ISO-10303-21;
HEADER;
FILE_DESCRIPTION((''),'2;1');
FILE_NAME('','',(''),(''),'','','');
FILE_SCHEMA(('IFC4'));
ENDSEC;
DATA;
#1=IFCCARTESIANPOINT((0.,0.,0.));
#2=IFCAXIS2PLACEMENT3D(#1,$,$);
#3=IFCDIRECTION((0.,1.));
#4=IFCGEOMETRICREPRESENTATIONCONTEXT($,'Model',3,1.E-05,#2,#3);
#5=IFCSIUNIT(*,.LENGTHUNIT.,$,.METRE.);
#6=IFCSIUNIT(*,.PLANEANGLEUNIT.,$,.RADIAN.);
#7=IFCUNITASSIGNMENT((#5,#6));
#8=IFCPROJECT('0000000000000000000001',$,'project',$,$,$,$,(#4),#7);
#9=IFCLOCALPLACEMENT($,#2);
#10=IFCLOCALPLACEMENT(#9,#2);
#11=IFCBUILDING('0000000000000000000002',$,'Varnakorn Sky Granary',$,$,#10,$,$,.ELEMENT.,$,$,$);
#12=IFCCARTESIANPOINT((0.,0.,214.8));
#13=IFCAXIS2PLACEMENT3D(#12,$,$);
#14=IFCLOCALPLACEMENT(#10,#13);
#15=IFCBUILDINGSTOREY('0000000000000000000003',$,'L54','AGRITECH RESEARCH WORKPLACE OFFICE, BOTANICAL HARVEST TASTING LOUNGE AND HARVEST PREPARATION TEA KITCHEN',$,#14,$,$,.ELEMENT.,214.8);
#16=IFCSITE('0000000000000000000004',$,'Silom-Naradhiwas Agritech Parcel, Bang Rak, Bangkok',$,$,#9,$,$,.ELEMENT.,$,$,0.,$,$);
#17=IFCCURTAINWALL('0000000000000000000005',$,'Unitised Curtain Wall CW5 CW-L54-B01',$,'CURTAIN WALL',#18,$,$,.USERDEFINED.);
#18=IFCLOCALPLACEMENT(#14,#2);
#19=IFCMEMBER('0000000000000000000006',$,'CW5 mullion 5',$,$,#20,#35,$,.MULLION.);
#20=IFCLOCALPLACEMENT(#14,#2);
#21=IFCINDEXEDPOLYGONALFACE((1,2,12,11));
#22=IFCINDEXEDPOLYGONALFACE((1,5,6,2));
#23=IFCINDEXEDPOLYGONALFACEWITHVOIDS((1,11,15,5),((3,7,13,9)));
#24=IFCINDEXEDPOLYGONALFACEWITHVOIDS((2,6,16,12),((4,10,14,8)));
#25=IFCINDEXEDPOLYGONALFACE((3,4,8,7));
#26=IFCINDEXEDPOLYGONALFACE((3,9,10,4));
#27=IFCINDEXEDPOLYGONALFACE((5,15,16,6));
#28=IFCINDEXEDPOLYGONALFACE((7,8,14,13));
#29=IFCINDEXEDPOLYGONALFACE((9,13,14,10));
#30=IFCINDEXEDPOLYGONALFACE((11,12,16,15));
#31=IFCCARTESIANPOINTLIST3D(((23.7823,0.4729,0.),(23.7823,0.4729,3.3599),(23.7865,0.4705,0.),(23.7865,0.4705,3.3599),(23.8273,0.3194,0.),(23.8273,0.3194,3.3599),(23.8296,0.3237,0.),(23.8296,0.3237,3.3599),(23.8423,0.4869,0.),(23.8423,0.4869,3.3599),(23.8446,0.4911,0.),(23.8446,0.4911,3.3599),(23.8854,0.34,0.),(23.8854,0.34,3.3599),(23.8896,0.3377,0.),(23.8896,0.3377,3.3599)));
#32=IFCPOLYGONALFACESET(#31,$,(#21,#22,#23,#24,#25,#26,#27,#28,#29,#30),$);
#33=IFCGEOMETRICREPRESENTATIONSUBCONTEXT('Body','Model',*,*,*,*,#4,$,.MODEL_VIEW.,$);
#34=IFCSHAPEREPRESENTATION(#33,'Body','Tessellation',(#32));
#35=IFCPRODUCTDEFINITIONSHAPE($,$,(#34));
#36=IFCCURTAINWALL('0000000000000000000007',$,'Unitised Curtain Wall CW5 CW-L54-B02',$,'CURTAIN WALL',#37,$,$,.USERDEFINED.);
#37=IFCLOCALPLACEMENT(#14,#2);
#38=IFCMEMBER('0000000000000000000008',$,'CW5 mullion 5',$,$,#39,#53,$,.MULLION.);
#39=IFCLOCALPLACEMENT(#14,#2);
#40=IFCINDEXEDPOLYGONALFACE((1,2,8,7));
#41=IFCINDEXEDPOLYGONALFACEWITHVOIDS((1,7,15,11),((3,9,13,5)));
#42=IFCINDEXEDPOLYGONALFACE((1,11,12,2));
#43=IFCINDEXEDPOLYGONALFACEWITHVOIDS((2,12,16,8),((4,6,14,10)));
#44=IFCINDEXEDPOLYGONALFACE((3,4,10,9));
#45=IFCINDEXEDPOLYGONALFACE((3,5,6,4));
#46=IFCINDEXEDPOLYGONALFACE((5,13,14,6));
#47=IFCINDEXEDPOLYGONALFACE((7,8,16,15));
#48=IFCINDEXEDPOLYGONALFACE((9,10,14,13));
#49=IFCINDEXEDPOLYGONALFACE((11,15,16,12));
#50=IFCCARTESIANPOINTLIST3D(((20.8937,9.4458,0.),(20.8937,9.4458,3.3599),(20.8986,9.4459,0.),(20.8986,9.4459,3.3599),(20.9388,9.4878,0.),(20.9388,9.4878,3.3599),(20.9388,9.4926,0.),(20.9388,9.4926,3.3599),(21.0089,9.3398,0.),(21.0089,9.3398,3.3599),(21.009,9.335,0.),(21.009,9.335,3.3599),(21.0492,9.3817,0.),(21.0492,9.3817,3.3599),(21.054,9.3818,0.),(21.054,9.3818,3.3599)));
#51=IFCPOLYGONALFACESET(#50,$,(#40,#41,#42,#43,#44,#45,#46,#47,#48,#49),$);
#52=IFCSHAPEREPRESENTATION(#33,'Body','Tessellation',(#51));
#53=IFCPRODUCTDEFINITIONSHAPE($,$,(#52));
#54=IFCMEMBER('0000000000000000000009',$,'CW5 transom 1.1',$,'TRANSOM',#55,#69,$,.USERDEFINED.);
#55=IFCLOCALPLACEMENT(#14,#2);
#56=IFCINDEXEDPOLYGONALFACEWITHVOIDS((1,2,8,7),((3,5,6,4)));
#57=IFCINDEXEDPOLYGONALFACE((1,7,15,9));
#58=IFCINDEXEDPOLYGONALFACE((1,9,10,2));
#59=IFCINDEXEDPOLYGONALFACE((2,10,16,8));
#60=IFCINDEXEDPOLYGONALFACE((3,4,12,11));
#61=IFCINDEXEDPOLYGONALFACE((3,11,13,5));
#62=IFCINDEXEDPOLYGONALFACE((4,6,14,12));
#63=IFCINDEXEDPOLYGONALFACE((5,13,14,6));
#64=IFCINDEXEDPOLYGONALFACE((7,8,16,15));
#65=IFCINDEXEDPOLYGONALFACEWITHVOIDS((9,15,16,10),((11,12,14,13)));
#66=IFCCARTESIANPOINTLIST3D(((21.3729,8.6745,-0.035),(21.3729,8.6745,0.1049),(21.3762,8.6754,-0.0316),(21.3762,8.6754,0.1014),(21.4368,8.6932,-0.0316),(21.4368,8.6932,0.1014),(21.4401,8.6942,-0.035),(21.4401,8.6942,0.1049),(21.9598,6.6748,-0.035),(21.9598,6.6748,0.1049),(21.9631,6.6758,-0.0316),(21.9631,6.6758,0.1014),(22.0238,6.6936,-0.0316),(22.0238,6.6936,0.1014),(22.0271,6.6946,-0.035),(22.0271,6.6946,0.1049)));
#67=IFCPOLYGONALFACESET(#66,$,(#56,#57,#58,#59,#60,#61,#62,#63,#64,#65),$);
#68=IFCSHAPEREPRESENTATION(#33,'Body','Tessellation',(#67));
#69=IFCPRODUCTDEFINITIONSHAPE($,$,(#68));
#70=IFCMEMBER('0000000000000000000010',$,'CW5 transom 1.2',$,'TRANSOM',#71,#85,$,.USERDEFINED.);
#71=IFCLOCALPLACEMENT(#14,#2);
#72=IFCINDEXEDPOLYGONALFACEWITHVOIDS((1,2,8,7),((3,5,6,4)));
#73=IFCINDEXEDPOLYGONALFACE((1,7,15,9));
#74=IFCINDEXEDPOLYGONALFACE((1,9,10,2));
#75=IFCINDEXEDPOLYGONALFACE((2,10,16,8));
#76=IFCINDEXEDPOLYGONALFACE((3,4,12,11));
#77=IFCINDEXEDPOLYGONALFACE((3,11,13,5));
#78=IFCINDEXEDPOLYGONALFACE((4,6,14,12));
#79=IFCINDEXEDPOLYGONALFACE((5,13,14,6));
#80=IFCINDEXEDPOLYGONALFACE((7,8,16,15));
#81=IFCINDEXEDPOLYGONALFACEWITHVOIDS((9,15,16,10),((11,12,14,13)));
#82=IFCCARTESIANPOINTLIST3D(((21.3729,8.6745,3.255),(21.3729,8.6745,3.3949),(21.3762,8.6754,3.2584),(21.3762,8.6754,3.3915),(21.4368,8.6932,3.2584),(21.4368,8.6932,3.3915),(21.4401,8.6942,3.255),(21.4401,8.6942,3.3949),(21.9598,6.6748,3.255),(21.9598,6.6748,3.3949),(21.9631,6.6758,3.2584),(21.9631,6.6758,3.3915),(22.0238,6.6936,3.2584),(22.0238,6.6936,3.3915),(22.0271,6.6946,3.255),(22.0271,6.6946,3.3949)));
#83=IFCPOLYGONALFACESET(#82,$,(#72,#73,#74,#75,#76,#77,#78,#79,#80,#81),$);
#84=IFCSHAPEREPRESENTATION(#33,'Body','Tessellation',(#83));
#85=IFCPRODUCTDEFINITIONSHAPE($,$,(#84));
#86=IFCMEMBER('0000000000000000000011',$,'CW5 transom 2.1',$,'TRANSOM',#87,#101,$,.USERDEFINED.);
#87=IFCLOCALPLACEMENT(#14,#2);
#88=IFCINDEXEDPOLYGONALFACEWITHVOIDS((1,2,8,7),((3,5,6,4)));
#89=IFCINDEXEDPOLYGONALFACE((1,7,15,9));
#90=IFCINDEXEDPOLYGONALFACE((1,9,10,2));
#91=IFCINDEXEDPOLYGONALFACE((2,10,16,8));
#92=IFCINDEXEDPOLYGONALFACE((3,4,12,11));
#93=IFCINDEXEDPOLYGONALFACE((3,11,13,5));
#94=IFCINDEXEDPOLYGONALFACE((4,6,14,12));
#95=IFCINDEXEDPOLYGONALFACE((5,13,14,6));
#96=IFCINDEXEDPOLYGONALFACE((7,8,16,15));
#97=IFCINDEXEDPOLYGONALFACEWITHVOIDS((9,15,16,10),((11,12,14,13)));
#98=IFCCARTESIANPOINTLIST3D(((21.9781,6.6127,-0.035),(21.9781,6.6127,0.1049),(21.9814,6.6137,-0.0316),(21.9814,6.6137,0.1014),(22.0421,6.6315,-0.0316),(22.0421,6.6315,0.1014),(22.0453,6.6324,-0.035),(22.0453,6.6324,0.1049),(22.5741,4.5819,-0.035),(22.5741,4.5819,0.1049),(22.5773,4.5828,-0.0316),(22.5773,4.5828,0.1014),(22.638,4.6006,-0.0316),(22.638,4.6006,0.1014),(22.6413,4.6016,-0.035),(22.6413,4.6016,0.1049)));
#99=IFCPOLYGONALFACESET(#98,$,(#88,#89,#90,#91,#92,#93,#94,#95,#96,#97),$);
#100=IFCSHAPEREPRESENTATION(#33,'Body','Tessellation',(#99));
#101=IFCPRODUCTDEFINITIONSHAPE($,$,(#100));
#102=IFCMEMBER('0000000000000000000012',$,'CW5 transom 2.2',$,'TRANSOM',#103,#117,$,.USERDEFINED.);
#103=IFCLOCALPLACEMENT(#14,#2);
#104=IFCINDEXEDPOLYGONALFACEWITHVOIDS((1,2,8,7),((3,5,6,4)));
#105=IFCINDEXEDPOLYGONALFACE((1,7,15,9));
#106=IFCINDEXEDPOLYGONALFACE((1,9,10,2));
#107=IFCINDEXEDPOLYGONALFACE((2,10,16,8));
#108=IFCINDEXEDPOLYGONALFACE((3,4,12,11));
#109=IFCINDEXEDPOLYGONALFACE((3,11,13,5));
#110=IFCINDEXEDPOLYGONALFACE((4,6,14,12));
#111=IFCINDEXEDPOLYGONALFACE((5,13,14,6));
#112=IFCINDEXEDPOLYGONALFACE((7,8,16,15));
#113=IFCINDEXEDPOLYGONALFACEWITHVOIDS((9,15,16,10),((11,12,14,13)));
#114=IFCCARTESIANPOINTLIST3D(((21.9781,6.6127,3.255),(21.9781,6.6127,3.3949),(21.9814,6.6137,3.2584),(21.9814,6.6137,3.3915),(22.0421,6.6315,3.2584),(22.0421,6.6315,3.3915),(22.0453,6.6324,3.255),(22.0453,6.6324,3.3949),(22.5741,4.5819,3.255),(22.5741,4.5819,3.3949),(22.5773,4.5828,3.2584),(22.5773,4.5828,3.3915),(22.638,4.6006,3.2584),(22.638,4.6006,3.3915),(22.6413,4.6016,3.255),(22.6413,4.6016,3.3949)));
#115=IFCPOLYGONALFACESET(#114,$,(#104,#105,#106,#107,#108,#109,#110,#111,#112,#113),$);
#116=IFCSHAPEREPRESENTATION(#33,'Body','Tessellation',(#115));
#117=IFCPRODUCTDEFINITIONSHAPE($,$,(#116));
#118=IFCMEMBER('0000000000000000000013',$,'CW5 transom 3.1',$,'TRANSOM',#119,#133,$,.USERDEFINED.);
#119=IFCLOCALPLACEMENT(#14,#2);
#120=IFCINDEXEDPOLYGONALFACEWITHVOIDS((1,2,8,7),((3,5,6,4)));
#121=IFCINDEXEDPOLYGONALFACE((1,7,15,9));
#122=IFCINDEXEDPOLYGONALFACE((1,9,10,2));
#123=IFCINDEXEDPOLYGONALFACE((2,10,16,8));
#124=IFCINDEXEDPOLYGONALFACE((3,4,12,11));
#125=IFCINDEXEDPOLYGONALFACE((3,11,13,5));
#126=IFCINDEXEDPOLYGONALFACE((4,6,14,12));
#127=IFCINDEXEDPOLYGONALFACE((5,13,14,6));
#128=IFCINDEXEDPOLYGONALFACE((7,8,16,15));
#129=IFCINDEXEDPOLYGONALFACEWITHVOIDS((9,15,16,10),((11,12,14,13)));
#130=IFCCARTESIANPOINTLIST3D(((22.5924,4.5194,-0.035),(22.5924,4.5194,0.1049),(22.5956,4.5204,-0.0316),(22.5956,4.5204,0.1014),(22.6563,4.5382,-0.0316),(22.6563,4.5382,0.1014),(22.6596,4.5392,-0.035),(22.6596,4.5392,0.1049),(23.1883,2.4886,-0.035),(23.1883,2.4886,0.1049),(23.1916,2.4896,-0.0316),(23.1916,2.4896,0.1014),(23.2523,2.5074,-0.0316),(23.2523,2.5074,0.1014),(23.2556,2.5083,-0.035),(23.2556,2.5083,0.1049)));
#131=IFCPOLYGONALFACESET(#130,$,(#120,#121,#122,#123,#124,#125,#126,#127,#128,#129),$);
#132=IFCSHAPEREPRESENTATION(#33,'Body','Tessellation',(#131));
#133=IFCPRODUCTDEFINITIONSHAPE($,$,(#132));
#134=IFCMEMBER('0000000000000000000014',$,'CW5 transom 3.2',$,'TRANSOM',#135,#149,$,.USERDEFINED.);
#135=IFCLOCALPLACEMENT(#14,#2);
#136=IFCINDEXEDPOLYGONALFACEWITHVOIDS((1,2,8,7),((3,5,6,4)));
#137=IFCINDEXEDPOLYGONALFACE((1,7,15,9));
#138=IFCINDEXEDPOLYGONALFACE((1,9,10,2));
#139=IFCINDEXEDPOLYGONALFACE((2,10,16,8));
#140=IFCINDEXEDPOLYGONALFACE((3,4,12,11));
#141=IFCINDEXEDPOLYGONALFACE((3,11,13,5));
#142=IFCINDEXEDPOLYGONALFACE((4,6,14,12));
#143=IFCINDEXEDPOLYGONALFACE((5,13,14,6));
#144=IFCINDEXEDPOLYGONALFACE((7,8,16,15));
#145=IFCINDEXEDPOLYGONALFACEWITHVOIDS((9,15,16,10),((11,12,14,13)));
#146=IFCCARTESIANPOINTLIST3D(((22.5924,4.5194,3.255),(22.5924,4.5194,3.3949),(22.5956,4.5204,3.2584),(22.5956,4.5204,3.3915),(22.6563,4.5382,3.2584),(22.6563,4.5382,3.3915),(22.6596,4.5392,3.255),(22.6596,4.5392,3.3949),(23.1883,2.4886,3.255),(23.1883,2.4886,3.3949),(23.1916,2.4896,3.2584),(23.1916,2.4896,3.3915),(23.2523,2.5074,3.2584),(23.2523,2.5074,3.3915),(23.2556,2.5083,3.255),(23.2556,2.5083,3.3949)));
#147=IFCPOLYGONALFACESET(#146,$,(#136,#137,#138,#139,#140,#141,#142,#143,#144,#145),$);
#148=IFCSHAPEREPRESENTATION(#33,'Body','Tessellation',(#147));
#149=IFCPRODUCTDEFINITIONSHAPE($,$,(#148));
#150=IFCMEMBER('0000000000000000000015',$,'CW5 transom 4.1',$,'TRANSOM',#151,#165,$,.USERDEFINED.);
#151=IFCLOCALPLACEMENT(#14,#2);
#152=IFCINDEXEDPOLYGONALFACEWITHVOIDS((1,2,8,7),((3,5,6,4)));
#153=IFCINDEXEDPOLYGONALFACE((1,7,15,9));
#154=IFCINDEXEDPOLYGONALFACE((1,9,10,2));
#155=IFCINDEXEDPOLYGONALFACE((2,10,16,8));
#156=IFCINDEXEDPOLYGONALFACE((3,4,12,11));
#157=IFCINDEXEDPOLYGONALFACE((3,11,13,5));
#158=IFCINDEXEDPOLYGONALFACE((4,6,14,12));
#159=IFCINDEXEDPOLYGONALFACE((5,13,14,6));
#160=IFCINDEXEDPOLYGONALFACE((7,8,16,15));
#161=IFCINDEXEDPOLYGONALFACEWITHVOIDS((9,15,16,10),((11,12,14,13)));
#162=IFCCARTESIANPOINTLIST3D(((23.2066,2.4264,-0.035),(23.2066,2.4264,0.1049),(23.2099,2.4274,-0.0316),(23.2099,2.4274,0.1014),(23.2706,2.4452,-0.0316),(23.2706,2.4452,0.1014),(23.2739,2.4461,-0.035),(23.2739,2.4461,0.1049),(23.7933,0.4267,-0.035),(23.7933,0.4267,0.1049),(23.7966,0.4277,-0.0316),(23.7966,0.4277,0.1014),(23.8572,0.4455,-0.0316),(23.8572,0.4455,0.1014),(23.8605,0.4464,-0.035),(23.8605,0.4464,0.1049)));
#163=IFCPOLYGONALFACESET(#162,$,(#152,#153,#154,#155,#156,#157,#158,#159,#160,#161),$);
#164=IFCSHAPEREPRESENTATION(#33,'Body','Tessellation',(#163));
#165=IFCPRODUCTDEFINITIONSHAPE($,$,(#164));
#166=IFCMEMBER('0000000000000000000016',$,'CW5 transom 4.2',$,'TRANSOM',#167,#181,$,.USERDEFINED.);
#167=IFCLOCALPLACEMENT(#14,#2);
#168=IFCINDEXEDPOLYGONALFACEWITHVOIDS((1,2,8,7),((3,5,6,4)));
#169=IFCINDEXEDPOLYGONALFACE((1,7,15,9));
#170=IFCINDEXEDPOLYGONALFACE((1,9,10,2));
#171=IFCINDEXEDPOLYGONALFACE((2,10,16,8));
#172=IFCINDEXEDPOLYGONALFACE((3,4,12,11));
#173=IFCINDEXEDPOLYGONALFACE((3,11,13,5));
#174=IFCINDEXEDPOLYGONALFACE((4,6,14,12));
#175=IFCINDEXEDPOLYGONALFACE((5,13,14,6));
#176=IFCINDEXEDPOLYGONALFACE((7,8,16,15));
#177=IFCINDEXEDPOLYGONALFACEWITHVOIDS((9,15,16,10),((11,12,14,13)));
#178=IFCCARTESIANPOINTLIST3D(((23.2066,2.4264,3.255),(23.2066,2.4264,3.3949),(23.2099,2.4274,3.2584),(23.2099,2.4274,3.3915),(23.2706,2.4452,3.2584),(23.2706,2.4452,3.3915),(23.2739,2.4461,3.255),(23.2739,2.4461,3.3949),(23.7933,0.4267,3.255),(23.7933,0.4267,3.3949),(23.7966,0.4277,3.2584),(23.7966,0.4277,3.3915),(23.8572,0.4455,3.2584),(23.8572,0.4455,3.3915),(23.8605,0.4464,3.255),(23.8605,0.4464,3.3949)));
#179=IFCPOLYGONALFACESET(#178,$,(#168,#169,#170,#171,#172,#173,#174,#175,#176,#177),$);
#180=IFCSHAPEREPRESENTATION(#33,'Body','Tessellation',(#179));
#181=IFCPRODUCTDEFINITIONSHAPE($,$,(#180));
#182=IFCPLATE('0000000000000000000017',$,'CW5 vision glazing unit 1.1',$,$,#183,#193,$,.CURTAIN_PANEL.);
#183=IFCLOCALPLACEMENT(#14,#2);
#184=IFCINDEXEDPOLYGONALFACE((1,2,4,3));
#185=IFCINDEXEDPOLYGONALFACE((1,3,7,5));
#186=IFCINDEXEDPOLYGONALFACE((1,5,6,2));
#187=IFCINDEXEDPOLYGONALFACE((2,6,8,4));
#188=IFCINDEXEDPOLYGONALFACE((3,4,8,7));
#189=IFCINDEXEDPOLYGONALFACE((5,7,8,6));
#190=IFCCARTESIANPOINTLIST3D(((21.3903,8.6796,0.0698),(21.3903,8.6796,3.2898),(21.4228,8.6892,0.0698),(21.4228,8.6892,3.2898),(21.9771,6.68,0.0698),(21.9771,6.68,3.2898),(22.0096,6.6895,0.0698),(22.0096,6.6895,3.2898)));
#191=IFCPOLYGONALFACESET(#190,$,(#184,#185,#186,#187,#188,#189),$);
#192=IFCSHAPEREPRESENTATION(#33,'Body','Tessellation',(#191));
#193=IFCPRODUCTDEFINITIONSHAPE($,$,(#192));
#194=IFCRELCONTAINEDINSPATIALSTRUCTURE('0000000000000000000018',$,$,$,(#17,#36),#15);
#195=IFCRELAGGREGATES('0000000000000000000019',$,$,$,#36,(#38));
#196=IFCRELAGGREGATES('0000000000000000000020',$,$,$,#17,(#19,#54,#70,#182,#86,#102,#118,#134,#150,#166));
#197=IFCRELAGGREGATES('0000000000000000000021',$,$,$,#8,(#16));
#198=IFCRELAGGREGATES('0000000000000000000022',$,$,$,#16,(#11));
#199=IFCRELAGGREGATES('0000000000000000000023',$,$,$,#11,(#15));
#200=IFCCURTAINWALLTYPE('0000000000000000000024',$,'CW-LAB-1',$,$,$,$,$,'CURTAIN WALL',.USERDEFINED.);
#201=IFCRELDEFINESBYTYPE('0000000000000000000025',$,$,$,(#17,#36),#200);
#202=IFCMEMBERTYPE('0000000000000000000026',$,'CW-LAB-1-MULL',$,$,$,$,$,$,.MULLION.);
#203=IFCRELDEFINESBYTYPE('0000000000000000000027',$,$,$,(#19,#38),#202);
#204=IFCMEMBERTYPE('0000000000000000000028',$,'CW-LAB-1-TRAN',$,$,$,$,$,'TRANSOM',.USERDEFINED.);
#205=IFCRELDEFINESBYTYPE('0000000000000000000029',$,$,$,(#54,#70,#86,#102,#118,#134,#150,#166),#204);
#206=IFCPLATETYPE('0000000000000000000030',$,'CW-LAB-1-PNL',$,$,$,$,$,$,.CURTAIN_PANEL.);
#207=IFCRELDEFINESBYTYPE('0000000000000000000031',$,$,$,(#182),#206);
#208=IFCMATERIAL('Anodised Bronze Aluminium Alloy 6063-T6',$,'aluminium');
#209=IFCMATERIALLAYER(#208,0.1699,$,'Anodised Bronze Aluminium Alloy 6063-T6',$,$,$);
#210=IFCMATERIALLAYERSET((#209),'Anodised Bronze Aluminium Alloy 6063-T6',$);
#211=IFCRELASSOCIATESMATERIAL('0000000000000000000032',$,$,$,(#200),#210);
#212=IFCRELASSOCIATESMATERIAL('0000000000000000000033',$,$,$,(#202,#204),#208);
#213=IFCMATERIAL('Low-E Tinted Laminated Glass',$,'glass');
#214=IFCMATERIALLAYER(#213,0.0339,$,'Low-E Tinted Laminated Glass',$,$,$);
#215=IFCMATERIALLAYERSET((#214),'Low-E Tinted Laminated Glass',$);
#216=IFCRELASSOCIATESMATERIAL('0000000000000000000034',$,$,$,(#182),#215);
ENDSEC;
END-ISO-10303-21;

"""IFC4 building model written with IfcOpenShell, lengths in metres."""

from ifc_helpers import new_model, si_unit, direction, frame, origin, origin_2d, place, context, subcontext, project, spatial, rectangle, hollow_rectangle, extrude, source, transform, mapped, material, layer, layer_set, material_profile, profile_set, type_object, element, aggregate, save


model = new_model("IFC4")

# Units and contexts
model_context = context("Model", 3, precision=1e-05, world=origin(), true_north=direction((0.0, 1.0)))
body_context = subcontext(model_context, "Body", "Model", "MODEL_VIEW")
ifc_project = project(units=[si_unit("LENGTHUNIT", "METRE"), si_unit("PLANEANGLEUNIT", "RADIAN")], contexts=[model_context])

# Site, building, storey
site_placement = place(None, origin())
site = spatial("IfcSite", under=ifc_project, at=site_placement, Name="Silom-Naradhiwas Agritech Parcel, Bang Rak, Bangkok", CompositionType="ELEMENT", RefElevation=0.0)
building_placement = place(site_placement, origin())
building = spatial("IfcBuilding", under=site, at=building_placement, Name="Varnakorn Sky Granary", CompositionType="ELEMENT")
storey_placement = place(building_placement, frame((0.0, 0.0, 214.8)))
storey = spatial("IfcBuildingStorey", under=building, at=storey_placement, Name="L54", Description="AGRITECH RESEARCH WORKPLACE OFFICE, BOTANICAL HARVEST TASTING LOUNGE AND HARVEST PREPARATION TEA KITCHEN", CompositionType="ELEMENT", Elevation=214.8)

# Curtain wall, member
ifc_material_1 = material(Name="Anodised Bronze Aluminium Alloy 6063-T6", Category="aluminium")
ifc_layer_1 = layer(ifc_material_1, 0.1699, Name="Anodised Bronze Aluminium Alloy 6063-T6")
ifc_layer_set_1 = layer_set([ifc_layer_1], Name="Anodised Bronze Aluminium Alloy 6063-T6")
curtain_wall_type = type_object("IfcCurtainWallType", Name="CW-LAB-1", ElementType="CURTAIN WALL", PredefinedType="USERDEFINED", material=ifc_layer_set_1)
curtain_wall_1_placement = place(storey_placement, origin())
curtain_wall_1 = element("IfcCurtainWall", 1, at=curtain_wall_1_placement, inside=storey, type_object=curtain_wall_type, Name="Unitised Curtain Wall CW5 CW-L54-B01", ObjectType="CURTAIN WALL", PredefinedType="USERDEFINED")
ifc_material_profile_1 = material_profile(ifc_material_1, hollow_rectangle(XDim=0.0649, YDim=0.1599, WallThickness=0.0034, at=origin_2d()), Name="ALU MULL 65x160")
ifc_profile_set_1 = profile_set([ifc_material_profile_1], Name="Anodised Bronze Aluminium Alloy 6063-T6")
member_type_1 = type_object("IfcMemberType", Name="CW-LAB-1-MULL", PredefinedType="MULLION", material=ifc_profile_set_1)
member_1_placement = place(storey_placement, frame((23.8359, 0.4053, 0.0), z_axis=(0.0, 0.0, 1.0), x_axis=(0.95954, 0.281572, 0.0)))
member_1 = element("IfcMember", 2, at=member_1_placement, type_object=member_type_1, Name="CW5 mullion 5", PredefinedType="MULLION", context=body_context, shape_type="SweptSolid", body=[
    extrude(hollow_rectangle(XDim=0.0649, YDim=0.1599, WallThickness=0.0034, at=origin_2d()), origin(), (0.0, 0.0, 1.0), 3.3599),
])

# Curtain wall, member
curtain_wall_2_placement = place(storey_placement, origin())
curtain_wall_2 = element("IfcCurtainWall", 3, at=curtain_wall_2_placement, inside=storey, type_object=curtain_wall_type, Name="Unitised Curtain Wall CW5 CW-L54-B02", ObjectType="CURTAIN WALL", PredefinedType="USERDEFINED")
member_2_placement = place(storey_placement, frame((20.9739, 9.4138, 0.0), z_axis=(0.0, 0.0, 1.0), x_axis=(0.69314, 0.720803, 0.0)))
member_2 = element("IfcMember", 4, at=member_2_placement, type_object=member_type_1, Name="CW5 mullion 5", PredefinedType="MULLION", context=body_context, shape_type="SweptSolid", body=[
    extrude(hollow_rectangle(XDim=0.0649, YDim=0.1599, WallThickness=0.0034, at=origin_2d()), origin(), (0.0, 0.0, 1.0), 3.3599),
])
aggregate(curtain_wall_2, [member_2])

# Members
ifc_material_profile_2 = material_profile(ifc_material_1, hollow_rectangle(XDim=0.0701, YDim=0.1399, WallThickness=0.0034, at=origin_2d()), Name="ALU TRAN 70x140")
ifc_profile_set_2 = profile_set([ifc_material_profile_2], Name="Anodised Bronze Aluminium Alloy 6063-T6")
member_type_2 = type_object("IfcMemberType", Name="CW-LAB-1-TRAN", ElementType="TRANSOM", PredefinedType="USERDEFINED", material=ifc_profile_set_2)
member_3_placement = place(storey_placement, frame((21.4065, 8.6843, 0.0349), z_axis=(0.281646, -0.959518, 0.0), x_axis=(0.959518, 0.281646, 0.0)))
member_3 = element("IfcMember", 5, at=member_3_placement, type_object=member_type_2, Name="CW5 transom 1.1", ObjectType="TRANSOM", PredefinedType="USERDEFINED", context=body_context, shape_type="SweptSolid", body=[
    extrude(hollow_rectangle(XDim=0.0701, YDim=0.1399, WallThickness=0.0034, at=origin_2d()), origin(), (0.0, 0.0, 1.0), 2.084),
])
member_4_placement = place(storey_placement, frame((21.4065, 8.6843, 3.325), z_axis=(0.281646, -0.959518, 0.0), x_axis=(0.959518, 0.281646, 0.0)))
member_4 = element("IfcMember", 6, at=member_4_placement, type_object=member_type_2, Name="CW5 transom 1.2", ObjectType="TRANSOM", PredefinedType="USERDEFINED", context=body_context, shape_type="SweptSolid", body=[
    extrude(hollow_rectangle(XDim=0.0701, YDim=0.1399, WallThickness=0.0034, at=origin_2d()), origin(), (0.0, 0.0, 1.0), 2.084),
])
member_5_placement = place(storey_placement, frame((22.0117, 6.6226, 0.0349), z_axis=(0.281585, -0.959536, 0.0), x_axis=(0.959536, 0.281585, 0.0)))
member_5 = element("IfcMember", 7, at=member_5_placement, type_object=member_type_2, Name="CW5 transom 2.1", ObjectType="TRANSOM", PredefinedType="USERDEFINED", context=body_context, shape_type="SweptSolid", body=[
    extrude(hollow_rectangle(XDim=0.0701, YDim=0.1399, WallThickness=0.0034, at=origin_2d()), origin(), (0.0, 0.0, 1.0), 2.1165),
])
member_6_placement = place(storey_placement, frame((22.0117, 6.6226, 3.325), z_axis=(0.281585, -0.959536, 0.0), x_axis=(0.959536, 0.281585, 0.0)))
member_6 = element("IfcMember", 8, at=member_6_placement, type_object=member_type_2, Name="CW5 transom 2.2", ObjectType="TRANSOM", PredefinedType="USERDEFINED", context=body_context, shape_type="SweptSolid", body=[
    extrude(hollow_rectangle(XDim=0.0701, YDim=0.1399, WallThickness=0.0034, at=origin_2d()), origin(), (0.0, 0.0, 1.0), 2.1165),
])
member_7_placement = place(storey_placement, frame((22.626, 4.5293, 0.0349), z_axis=(0.281585, -0.959536, 0.0), x_axis=(0.959536, 0.281585, 0.0)))
member_7 = element("IfcMember", 9, at=member_7_placement, type_object=member_type_2, Name="CW5 transom 3.1", ObjectType="TRANSOM", PredefinedType="USERDEFINED", context=body_context, shape_type="SweptSolid", body=[
    extrude(hollow_rectangle(XDim=0.0701, YDim=0.1399, WallThickness=0.0034, at=origin_2d()), origin(), (0.0, 0.0, 1.0), 2.1165),
])
member_8_placement = place(storey_placement, frame((22.626, 4.5293, 3.325), z_axis=(0.281585, -0.959536, 0.0), x_axis=(0.959536, 0.281585, 0.0)))
member_8 = element("IfcMember", 10, at=member_8_placement, type_object=member_type_2, Name="CW5 transom 3.2", ObjectType="TRANSOM", PredefinedType="USERDEFINED", context=body_context, shape_type="SweptSolid", body=[
    extrude(hollow_rectangle(XDim=0.0701, YDim=0.1399, WallThickness=0.0034, at=origin_2d()), origin(), (0.0, 0.0, 1.0), 2.1165),
])
member_9_placement = place(storey_placement, frame((23.2402, 2.4363, 0.0349), z_axis=(0.281507, -0.959559, 0.0), x_axis=(0.959559, 0.281507, 0.0)))
member_9 = element("IfcMember", 11, at=member_9_placement, type_object=member_type_2, Name="CW5 transom 4.1", ObjectType="TRANSOM", PredefinedType="USERDEFINED", context=body_context, shape_type="SweptSolid", body=[
    extrude(hollow_rectangle(XDim=0.0701, YDim=0.1399, WallThickness=0.0034, at=origin_2d()), origin(), (0.0, 0.0, 1.0), 2.084),
])
member_10_placement = place(storey_placement, frame((23.2402, 2.4363, 3.325), z_axis=(0.281507, -0.959559, 0.0), x_axis=(0.959559, 0.281507, 0.0)))
member_10 = element("IfcMember", 12, at=member_10_placement, type_object=member_type_2, Name="CW5 transom 4.2", ObjectType="TRANSOM", PredefinedType="USERDEFINED", context=body_context, shape_type="SweptSolid", body=[
    extrude(hollow_rectangle(XDim=0.0701, YDim=0.1399, WallThickness=0.0034, at=origin_2d()), origin(), (0.0, 0.0, 1.0), 2.084),
])

# Plate
ifc_material_2 = material(Name="Low-E Tinted Laminated Glass", Category="glass")
ifc_layer_2 = layer(ifc_material_2, 0.0339, Name="Low-E Tinted Laminated Glass")
ifc_layer_set_2 = layer_set([ifc_layer_2], Name="Low-E Tinted Laminated Glass")
plate_type = type_object("IfcPlateType", Name="CW-LAB-1-PNL", PredefinedType="CURTAIN_PANEL")
shared_shape_1 = source(origin(), body_context, "Body", "SweptSolid", [
    extrude(rectangle(XDim=2.084, YDim=0.0339, at=origin_2d()), origin(), (0.0, 0.0, 1.0), 3.22),
])
plate_1_placement = place(storey_placement, frame((21.7, 7.6846, 0.0698), z_axis=(0.0, 0.0, 1.0), x_axis=(0.281572, -0.95954, 0.0)))
plate_1 = element("IfcPlate", 13, at=plate_1_placement, type_object=plate_type, material=ifc_layer_set_2, Name="CW5 vision glazing unit 1.1", PredefinedType="CURTAIN_PANEL", context=body_context, shape_type="MappedRepresentation", body=[
    mapped(shared_shape_1, transform((0.0, 0.0, 0.0), x_axis=(1.0, 0.0, 0.0), y_axis=(0.0, 1.0, 0.0), z_axis=(0.0, 0.0, 1.0), scale=1.0)),
])
aggregate(curtain_wall_1, [member_1, member_3, member_4, plate_1, member_5, member_6, member_7, member_8, member_9, member_10])

save(model, "model.ifc")
